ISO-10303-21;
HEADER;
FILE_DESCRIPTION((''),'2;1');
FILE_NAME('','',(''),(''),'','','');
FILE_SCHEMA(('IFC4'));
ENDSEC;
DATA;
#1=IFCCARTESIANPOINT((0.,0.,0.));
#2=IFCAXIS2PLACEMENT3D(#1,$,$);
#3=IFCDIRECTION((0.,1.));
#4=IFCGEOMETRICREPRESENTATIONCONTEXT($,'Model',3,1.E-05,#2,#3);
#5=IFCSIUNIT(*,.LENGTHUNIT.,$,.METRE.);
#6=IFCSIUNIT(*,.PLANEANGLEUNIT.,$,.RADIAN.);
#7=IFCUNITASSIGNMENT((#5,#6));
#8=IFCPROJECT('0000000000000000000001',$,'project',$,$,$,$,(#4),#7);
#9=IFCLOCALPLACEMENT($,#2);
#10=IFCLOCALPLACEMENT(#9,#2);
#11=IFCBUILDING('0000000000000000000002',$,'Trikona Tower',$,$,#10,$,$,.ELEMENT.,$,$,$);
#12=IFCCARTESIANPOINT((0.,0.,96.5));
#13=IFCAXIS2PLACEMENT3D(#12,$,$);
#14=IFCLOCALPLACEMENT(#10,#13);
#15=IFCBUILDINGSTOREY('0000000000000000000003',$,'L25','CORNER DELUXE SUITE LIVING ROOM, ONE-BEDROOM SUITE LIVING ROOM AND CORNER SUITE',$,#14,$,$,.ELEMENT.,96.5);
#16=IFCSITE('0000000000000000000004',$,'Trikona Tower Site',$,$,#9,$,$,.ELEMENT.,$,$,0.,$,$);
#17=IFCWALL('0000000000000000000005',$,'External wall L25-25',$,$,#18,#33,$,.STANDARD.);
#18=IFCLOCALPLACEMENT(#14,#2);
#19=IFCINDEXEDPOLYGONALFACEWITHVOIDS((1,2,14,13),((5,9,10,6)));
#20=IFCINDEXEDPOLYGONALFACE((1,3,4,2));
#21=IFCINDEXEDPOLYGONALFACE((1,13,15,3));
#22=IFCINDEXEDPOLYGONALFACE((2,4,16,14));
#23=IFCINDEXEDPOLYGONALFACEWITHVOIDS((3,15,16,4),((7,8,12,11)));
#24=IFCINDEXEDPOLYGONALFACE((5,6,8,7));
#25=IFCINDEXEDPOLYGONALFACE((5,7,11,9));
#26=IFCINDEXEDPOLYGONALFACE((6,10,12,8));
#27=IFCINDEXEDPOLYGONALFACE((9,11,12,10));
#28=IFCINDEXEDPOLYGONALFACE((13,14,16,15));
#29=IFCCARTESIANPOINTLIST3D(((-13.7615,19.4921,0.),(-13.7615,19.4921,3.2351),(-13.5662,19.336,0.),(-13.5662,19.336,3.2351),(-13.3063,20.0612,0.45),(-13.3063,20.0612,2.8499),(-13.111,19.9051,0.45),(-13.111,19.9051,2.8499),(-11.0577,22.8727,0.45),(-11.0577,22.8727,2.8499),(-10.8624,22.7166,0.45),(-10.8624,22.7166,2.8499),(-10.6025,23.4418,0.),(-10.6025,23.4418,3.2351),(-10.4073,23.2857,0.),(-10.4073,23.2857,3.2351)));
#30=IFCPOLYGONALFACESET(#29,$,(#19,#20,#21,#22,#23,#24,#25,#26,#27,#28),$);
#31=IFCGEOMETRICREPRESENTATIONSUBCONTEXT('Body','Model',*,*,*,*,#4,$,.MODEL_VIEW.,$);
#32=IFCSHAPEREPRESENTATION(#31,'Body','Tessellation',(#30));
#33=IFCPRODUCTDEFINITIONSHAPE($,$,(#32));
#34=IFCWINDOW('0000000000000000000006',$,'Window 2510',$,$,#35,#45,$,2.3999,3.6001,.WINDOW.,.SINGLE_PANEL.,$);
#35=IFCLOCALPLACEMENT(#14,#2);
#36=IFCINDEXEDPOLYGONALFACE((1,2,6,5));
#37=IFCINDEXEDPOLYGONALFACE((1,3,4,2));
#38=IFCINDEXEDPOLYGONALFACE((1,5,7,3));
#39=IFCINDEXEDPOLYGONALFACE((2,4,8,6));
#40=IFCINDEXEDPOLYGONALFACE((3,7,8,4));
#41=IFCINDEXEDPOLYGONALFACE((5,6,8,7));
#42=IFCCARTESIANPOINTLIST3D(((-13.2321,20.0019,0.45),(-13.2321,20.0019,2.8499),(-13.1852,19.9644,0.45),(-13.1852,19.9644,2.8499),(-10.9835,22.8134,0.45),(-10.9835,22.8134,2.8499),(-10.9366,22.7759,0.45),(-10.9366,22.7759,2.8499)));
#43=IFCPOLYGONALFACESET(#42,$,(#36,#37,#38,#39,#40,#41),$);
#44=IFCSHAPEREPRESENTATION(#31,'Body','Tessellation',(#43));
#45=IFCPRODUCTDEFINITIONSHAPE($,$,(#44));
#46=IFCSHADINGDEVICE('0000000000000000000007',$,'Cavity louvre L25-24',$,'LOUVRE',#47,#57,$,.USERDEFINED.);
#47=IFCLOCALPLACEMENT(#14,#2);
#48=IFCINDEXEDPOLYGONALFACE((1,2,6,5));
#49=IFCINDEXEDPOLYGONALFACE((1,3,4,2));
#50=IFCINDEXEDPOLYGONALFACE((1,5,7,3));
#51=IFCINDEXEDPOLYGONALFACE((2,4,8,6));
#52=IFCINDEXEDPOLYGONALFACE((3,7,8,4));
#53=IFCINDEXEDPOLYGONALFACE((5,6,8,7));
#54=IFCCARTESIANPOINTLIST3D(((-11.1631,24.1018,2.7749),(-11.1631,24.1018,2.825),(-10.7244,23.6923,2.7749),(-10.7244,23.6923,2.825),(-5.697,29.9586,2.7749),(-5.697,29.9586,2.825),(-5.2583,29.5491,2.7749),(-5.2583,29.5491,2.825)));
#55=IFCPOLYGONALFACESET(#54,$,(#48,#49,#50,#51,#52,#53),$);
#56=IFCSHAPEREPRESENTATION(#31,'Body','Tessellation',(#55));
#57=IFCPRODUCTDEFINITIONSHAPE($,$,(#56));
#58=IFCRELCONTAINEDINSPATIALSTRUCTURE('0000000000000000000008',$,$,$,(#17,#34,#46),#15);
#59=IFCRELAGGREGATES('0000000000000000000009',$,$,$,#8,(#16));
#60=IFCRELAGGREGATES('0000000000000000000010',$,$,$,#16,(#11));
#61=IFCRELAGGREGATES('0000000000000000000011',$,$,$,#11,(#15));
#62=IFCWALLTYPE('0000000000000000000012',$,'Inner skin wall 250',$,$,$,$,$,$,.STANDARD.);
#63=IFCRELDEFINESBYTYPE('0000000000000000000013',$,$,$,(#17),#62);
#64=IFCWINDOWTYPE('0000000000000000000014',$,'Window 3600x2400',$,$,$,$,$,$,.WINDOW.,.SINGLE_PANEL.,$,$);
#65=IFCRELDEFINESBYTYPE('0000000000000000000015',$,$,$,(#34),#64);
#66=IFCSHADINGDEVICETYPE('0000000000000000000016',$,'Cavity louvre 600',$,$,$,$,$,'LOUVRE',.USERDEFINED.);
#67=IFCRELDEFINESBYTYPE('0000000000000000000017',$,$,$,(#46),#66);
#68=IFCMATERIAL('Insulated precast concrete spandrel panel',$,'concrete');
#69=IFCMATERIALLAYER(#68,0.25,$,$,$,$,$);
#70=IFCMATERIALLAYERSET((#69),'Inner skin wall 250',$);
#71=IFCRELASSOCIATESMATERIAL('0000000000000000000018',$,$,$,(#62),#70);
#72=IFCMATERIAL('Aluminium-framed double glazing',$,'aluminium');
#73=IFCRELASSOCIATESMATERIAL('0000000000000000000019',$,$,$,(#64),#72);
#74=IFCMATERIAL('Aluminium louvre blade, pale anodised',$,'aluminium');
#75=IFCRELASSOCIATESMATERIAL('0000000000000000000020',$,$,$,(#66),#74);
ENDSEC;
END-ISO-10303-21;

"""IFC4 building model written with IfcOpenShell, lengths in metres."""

from ifc_helpers import new_model, si_unit, direction, frame, frame_2d, origin, origin_2d, place, context, subcontext, project, spatial, rectangle, extrude, material, layer, layer_set, type_object, element, fill, save


model = new_model("IFC4")

# Units and contexts
model_context = context("Model", 3, precision=1e-05, world=origin(), true_north=direction((0.0, 1.0)))
body_context = subcontext(model_context, "Body", "Model", "MODEL_VIEW")
ifc_project = project(units=[si_unit("LENGTHUNIT", "METRE"), si_unit("PLANEANGLEUNIT", "RADIAN")], contexts=[model_context])

# Site, building, storey
site_placement = place(None, origin())
site = spatial("IfcSite", under=ifc_project, at=site_placement, Name="Trikona Tower Site", CompositionType="ELEMENT", RefElevation=0.0)
building_placement = place(site_placement, origin())
building = spatial("IfcBuilding", under=site, at=building_placement, Name="Trikona Tower", CompositionType="ELEMENT")
storey_placement = place(building_placement, frame((0.0, 0.0, 96.5)))
storey = spatial("IfcBuildingStorey", under=building, at=storey_placement, Name="L25", Description="CORNER DELUXE SUITE LIVING ROOM, ONE-BEDROOM SUITE LIVING ROOM AND CORNER SUITE", CompositionType="ELEMENT", Elevation=96.5)

# Wall, opening, window
ifc_material_1 = material(Name="Insulated precast concrete spandrel panel", Category="concrete")
ifc_layer_1 = layer(ifc_material_1, 0.25)
ifc_layer_set_1 = layer_set([ifc_layer_1], Name="Inner skin wall 250")
wall_type_1 = type_object("IfcWallType", Name="Inner skin wall 250", PredefinedType="STANDARD", material=ifc_layer_set_1)
wall_1_placement = place(storey_placement, frame((-10.5049, 23.3638, 0.0), z_axis=(0.0, 0.0, 1.0), x_axis=(-0.624595, -0.780949, 0.0)))
wall_1 = element("IfcWall", 1, at=wall_1_placement, inside=storey, type_object=wall_type_1, Name="External wall L25-25", PredefinedType="STANDARD", context=body_context, shape_type="SweptSolid", body=[
    extrude(rectangle(XDim=5.0576, YDim=0.25, at=frame_2d((2.5288, 0.0))), origin(), (0.0, 0.0, 1.0), 3.2351),
])
opening_1_placement = place(wall_1_placement, frame((0.7288, 0.0, 0.45)))
opening_1 = element("IfcOpeningElement", 2, at=opening_1_placement, cuts=wall_1, PredefinedType="OPENING", context=body_context, shape_type="SweptSolid", body=[
    extrude(rectangle(XDim=3.6001, YDim=2.3999, at=frame_2d((1.8, 1.2))), frame((0.0, 0.135, 0.0), z_axis=(0.0, -1.0, 0.0), x_axis=(1.0, 0.0, 0.0)), (0.0, 0.0, 1.0), 0.27),
])
ifc_material_2 = material(Name="Aluminium-framed double glazing", Category="aluminium")
window_type_1 = type_object("IfcWindowType", Name="Window 3600x2400", PartitioningType="SINGLE_PANEL", PredefinedType="WINDOW", material=ifc_material_2)
window_1_placement = place(opening_1_placement, origin())
window_1 = element("IfcWindow", 3, at=window_1_placement, inside=storey, type_object=window_type_1, Name="Window 2510", OverallHeight=2.3999, OverallWidth=3.6001, PartitioningType="SINGLE_PANEL", PredefinedType="WINDOW", context=body_context, shape_type="SweptSolid", body=[
    extrude(rectangle(XDim=3.6001, YDim=2.3999, at=frame_2d((1.8, 1.2))), frame((0.0, 0.03, 0.0), z_axis=(0.0, -1.0, 0.0), x_axis=(1.0, 0.0, 0.0)), (0.0, 0.0, 1.0), 0.0601),
])
fill(opening_1, window_1)

# Shading device
ifc_material_3 = material(Name="Aluminium louvre blade, pale anodised", Category="aluminium")
shading_device_type = type_object("IfcShadingDeviceType", Name="Cavity louvre 600", ElementType="LOUVRE", PredefinedType="USERDEFINED", material=ifc_material_3)
shading_device_placement = place(storey_placement, frame((-8.2107, 26.8254, 2.7749), z_axis=(0.0, 0.0, 1.0), x_axis=(-0.682298, -0.731074, 0.0)))
element("IfcShadingDevice", 4, at=shading_device_placement, inside=storey, type_object=shading_device_type, Name="Cavity louvre L25-24", ObjectType="LOUVRE", PredefinedType="USERDEFINED", context=body_context, shape_type="SweptSolid", body=[
    extrude(rectangle(XDim=8.0112, YDim=0.6001, at=origin_2d()), origin(), (0.0, 0.0, 1.0), 0.05),
])

save(model, "model.ifc")
